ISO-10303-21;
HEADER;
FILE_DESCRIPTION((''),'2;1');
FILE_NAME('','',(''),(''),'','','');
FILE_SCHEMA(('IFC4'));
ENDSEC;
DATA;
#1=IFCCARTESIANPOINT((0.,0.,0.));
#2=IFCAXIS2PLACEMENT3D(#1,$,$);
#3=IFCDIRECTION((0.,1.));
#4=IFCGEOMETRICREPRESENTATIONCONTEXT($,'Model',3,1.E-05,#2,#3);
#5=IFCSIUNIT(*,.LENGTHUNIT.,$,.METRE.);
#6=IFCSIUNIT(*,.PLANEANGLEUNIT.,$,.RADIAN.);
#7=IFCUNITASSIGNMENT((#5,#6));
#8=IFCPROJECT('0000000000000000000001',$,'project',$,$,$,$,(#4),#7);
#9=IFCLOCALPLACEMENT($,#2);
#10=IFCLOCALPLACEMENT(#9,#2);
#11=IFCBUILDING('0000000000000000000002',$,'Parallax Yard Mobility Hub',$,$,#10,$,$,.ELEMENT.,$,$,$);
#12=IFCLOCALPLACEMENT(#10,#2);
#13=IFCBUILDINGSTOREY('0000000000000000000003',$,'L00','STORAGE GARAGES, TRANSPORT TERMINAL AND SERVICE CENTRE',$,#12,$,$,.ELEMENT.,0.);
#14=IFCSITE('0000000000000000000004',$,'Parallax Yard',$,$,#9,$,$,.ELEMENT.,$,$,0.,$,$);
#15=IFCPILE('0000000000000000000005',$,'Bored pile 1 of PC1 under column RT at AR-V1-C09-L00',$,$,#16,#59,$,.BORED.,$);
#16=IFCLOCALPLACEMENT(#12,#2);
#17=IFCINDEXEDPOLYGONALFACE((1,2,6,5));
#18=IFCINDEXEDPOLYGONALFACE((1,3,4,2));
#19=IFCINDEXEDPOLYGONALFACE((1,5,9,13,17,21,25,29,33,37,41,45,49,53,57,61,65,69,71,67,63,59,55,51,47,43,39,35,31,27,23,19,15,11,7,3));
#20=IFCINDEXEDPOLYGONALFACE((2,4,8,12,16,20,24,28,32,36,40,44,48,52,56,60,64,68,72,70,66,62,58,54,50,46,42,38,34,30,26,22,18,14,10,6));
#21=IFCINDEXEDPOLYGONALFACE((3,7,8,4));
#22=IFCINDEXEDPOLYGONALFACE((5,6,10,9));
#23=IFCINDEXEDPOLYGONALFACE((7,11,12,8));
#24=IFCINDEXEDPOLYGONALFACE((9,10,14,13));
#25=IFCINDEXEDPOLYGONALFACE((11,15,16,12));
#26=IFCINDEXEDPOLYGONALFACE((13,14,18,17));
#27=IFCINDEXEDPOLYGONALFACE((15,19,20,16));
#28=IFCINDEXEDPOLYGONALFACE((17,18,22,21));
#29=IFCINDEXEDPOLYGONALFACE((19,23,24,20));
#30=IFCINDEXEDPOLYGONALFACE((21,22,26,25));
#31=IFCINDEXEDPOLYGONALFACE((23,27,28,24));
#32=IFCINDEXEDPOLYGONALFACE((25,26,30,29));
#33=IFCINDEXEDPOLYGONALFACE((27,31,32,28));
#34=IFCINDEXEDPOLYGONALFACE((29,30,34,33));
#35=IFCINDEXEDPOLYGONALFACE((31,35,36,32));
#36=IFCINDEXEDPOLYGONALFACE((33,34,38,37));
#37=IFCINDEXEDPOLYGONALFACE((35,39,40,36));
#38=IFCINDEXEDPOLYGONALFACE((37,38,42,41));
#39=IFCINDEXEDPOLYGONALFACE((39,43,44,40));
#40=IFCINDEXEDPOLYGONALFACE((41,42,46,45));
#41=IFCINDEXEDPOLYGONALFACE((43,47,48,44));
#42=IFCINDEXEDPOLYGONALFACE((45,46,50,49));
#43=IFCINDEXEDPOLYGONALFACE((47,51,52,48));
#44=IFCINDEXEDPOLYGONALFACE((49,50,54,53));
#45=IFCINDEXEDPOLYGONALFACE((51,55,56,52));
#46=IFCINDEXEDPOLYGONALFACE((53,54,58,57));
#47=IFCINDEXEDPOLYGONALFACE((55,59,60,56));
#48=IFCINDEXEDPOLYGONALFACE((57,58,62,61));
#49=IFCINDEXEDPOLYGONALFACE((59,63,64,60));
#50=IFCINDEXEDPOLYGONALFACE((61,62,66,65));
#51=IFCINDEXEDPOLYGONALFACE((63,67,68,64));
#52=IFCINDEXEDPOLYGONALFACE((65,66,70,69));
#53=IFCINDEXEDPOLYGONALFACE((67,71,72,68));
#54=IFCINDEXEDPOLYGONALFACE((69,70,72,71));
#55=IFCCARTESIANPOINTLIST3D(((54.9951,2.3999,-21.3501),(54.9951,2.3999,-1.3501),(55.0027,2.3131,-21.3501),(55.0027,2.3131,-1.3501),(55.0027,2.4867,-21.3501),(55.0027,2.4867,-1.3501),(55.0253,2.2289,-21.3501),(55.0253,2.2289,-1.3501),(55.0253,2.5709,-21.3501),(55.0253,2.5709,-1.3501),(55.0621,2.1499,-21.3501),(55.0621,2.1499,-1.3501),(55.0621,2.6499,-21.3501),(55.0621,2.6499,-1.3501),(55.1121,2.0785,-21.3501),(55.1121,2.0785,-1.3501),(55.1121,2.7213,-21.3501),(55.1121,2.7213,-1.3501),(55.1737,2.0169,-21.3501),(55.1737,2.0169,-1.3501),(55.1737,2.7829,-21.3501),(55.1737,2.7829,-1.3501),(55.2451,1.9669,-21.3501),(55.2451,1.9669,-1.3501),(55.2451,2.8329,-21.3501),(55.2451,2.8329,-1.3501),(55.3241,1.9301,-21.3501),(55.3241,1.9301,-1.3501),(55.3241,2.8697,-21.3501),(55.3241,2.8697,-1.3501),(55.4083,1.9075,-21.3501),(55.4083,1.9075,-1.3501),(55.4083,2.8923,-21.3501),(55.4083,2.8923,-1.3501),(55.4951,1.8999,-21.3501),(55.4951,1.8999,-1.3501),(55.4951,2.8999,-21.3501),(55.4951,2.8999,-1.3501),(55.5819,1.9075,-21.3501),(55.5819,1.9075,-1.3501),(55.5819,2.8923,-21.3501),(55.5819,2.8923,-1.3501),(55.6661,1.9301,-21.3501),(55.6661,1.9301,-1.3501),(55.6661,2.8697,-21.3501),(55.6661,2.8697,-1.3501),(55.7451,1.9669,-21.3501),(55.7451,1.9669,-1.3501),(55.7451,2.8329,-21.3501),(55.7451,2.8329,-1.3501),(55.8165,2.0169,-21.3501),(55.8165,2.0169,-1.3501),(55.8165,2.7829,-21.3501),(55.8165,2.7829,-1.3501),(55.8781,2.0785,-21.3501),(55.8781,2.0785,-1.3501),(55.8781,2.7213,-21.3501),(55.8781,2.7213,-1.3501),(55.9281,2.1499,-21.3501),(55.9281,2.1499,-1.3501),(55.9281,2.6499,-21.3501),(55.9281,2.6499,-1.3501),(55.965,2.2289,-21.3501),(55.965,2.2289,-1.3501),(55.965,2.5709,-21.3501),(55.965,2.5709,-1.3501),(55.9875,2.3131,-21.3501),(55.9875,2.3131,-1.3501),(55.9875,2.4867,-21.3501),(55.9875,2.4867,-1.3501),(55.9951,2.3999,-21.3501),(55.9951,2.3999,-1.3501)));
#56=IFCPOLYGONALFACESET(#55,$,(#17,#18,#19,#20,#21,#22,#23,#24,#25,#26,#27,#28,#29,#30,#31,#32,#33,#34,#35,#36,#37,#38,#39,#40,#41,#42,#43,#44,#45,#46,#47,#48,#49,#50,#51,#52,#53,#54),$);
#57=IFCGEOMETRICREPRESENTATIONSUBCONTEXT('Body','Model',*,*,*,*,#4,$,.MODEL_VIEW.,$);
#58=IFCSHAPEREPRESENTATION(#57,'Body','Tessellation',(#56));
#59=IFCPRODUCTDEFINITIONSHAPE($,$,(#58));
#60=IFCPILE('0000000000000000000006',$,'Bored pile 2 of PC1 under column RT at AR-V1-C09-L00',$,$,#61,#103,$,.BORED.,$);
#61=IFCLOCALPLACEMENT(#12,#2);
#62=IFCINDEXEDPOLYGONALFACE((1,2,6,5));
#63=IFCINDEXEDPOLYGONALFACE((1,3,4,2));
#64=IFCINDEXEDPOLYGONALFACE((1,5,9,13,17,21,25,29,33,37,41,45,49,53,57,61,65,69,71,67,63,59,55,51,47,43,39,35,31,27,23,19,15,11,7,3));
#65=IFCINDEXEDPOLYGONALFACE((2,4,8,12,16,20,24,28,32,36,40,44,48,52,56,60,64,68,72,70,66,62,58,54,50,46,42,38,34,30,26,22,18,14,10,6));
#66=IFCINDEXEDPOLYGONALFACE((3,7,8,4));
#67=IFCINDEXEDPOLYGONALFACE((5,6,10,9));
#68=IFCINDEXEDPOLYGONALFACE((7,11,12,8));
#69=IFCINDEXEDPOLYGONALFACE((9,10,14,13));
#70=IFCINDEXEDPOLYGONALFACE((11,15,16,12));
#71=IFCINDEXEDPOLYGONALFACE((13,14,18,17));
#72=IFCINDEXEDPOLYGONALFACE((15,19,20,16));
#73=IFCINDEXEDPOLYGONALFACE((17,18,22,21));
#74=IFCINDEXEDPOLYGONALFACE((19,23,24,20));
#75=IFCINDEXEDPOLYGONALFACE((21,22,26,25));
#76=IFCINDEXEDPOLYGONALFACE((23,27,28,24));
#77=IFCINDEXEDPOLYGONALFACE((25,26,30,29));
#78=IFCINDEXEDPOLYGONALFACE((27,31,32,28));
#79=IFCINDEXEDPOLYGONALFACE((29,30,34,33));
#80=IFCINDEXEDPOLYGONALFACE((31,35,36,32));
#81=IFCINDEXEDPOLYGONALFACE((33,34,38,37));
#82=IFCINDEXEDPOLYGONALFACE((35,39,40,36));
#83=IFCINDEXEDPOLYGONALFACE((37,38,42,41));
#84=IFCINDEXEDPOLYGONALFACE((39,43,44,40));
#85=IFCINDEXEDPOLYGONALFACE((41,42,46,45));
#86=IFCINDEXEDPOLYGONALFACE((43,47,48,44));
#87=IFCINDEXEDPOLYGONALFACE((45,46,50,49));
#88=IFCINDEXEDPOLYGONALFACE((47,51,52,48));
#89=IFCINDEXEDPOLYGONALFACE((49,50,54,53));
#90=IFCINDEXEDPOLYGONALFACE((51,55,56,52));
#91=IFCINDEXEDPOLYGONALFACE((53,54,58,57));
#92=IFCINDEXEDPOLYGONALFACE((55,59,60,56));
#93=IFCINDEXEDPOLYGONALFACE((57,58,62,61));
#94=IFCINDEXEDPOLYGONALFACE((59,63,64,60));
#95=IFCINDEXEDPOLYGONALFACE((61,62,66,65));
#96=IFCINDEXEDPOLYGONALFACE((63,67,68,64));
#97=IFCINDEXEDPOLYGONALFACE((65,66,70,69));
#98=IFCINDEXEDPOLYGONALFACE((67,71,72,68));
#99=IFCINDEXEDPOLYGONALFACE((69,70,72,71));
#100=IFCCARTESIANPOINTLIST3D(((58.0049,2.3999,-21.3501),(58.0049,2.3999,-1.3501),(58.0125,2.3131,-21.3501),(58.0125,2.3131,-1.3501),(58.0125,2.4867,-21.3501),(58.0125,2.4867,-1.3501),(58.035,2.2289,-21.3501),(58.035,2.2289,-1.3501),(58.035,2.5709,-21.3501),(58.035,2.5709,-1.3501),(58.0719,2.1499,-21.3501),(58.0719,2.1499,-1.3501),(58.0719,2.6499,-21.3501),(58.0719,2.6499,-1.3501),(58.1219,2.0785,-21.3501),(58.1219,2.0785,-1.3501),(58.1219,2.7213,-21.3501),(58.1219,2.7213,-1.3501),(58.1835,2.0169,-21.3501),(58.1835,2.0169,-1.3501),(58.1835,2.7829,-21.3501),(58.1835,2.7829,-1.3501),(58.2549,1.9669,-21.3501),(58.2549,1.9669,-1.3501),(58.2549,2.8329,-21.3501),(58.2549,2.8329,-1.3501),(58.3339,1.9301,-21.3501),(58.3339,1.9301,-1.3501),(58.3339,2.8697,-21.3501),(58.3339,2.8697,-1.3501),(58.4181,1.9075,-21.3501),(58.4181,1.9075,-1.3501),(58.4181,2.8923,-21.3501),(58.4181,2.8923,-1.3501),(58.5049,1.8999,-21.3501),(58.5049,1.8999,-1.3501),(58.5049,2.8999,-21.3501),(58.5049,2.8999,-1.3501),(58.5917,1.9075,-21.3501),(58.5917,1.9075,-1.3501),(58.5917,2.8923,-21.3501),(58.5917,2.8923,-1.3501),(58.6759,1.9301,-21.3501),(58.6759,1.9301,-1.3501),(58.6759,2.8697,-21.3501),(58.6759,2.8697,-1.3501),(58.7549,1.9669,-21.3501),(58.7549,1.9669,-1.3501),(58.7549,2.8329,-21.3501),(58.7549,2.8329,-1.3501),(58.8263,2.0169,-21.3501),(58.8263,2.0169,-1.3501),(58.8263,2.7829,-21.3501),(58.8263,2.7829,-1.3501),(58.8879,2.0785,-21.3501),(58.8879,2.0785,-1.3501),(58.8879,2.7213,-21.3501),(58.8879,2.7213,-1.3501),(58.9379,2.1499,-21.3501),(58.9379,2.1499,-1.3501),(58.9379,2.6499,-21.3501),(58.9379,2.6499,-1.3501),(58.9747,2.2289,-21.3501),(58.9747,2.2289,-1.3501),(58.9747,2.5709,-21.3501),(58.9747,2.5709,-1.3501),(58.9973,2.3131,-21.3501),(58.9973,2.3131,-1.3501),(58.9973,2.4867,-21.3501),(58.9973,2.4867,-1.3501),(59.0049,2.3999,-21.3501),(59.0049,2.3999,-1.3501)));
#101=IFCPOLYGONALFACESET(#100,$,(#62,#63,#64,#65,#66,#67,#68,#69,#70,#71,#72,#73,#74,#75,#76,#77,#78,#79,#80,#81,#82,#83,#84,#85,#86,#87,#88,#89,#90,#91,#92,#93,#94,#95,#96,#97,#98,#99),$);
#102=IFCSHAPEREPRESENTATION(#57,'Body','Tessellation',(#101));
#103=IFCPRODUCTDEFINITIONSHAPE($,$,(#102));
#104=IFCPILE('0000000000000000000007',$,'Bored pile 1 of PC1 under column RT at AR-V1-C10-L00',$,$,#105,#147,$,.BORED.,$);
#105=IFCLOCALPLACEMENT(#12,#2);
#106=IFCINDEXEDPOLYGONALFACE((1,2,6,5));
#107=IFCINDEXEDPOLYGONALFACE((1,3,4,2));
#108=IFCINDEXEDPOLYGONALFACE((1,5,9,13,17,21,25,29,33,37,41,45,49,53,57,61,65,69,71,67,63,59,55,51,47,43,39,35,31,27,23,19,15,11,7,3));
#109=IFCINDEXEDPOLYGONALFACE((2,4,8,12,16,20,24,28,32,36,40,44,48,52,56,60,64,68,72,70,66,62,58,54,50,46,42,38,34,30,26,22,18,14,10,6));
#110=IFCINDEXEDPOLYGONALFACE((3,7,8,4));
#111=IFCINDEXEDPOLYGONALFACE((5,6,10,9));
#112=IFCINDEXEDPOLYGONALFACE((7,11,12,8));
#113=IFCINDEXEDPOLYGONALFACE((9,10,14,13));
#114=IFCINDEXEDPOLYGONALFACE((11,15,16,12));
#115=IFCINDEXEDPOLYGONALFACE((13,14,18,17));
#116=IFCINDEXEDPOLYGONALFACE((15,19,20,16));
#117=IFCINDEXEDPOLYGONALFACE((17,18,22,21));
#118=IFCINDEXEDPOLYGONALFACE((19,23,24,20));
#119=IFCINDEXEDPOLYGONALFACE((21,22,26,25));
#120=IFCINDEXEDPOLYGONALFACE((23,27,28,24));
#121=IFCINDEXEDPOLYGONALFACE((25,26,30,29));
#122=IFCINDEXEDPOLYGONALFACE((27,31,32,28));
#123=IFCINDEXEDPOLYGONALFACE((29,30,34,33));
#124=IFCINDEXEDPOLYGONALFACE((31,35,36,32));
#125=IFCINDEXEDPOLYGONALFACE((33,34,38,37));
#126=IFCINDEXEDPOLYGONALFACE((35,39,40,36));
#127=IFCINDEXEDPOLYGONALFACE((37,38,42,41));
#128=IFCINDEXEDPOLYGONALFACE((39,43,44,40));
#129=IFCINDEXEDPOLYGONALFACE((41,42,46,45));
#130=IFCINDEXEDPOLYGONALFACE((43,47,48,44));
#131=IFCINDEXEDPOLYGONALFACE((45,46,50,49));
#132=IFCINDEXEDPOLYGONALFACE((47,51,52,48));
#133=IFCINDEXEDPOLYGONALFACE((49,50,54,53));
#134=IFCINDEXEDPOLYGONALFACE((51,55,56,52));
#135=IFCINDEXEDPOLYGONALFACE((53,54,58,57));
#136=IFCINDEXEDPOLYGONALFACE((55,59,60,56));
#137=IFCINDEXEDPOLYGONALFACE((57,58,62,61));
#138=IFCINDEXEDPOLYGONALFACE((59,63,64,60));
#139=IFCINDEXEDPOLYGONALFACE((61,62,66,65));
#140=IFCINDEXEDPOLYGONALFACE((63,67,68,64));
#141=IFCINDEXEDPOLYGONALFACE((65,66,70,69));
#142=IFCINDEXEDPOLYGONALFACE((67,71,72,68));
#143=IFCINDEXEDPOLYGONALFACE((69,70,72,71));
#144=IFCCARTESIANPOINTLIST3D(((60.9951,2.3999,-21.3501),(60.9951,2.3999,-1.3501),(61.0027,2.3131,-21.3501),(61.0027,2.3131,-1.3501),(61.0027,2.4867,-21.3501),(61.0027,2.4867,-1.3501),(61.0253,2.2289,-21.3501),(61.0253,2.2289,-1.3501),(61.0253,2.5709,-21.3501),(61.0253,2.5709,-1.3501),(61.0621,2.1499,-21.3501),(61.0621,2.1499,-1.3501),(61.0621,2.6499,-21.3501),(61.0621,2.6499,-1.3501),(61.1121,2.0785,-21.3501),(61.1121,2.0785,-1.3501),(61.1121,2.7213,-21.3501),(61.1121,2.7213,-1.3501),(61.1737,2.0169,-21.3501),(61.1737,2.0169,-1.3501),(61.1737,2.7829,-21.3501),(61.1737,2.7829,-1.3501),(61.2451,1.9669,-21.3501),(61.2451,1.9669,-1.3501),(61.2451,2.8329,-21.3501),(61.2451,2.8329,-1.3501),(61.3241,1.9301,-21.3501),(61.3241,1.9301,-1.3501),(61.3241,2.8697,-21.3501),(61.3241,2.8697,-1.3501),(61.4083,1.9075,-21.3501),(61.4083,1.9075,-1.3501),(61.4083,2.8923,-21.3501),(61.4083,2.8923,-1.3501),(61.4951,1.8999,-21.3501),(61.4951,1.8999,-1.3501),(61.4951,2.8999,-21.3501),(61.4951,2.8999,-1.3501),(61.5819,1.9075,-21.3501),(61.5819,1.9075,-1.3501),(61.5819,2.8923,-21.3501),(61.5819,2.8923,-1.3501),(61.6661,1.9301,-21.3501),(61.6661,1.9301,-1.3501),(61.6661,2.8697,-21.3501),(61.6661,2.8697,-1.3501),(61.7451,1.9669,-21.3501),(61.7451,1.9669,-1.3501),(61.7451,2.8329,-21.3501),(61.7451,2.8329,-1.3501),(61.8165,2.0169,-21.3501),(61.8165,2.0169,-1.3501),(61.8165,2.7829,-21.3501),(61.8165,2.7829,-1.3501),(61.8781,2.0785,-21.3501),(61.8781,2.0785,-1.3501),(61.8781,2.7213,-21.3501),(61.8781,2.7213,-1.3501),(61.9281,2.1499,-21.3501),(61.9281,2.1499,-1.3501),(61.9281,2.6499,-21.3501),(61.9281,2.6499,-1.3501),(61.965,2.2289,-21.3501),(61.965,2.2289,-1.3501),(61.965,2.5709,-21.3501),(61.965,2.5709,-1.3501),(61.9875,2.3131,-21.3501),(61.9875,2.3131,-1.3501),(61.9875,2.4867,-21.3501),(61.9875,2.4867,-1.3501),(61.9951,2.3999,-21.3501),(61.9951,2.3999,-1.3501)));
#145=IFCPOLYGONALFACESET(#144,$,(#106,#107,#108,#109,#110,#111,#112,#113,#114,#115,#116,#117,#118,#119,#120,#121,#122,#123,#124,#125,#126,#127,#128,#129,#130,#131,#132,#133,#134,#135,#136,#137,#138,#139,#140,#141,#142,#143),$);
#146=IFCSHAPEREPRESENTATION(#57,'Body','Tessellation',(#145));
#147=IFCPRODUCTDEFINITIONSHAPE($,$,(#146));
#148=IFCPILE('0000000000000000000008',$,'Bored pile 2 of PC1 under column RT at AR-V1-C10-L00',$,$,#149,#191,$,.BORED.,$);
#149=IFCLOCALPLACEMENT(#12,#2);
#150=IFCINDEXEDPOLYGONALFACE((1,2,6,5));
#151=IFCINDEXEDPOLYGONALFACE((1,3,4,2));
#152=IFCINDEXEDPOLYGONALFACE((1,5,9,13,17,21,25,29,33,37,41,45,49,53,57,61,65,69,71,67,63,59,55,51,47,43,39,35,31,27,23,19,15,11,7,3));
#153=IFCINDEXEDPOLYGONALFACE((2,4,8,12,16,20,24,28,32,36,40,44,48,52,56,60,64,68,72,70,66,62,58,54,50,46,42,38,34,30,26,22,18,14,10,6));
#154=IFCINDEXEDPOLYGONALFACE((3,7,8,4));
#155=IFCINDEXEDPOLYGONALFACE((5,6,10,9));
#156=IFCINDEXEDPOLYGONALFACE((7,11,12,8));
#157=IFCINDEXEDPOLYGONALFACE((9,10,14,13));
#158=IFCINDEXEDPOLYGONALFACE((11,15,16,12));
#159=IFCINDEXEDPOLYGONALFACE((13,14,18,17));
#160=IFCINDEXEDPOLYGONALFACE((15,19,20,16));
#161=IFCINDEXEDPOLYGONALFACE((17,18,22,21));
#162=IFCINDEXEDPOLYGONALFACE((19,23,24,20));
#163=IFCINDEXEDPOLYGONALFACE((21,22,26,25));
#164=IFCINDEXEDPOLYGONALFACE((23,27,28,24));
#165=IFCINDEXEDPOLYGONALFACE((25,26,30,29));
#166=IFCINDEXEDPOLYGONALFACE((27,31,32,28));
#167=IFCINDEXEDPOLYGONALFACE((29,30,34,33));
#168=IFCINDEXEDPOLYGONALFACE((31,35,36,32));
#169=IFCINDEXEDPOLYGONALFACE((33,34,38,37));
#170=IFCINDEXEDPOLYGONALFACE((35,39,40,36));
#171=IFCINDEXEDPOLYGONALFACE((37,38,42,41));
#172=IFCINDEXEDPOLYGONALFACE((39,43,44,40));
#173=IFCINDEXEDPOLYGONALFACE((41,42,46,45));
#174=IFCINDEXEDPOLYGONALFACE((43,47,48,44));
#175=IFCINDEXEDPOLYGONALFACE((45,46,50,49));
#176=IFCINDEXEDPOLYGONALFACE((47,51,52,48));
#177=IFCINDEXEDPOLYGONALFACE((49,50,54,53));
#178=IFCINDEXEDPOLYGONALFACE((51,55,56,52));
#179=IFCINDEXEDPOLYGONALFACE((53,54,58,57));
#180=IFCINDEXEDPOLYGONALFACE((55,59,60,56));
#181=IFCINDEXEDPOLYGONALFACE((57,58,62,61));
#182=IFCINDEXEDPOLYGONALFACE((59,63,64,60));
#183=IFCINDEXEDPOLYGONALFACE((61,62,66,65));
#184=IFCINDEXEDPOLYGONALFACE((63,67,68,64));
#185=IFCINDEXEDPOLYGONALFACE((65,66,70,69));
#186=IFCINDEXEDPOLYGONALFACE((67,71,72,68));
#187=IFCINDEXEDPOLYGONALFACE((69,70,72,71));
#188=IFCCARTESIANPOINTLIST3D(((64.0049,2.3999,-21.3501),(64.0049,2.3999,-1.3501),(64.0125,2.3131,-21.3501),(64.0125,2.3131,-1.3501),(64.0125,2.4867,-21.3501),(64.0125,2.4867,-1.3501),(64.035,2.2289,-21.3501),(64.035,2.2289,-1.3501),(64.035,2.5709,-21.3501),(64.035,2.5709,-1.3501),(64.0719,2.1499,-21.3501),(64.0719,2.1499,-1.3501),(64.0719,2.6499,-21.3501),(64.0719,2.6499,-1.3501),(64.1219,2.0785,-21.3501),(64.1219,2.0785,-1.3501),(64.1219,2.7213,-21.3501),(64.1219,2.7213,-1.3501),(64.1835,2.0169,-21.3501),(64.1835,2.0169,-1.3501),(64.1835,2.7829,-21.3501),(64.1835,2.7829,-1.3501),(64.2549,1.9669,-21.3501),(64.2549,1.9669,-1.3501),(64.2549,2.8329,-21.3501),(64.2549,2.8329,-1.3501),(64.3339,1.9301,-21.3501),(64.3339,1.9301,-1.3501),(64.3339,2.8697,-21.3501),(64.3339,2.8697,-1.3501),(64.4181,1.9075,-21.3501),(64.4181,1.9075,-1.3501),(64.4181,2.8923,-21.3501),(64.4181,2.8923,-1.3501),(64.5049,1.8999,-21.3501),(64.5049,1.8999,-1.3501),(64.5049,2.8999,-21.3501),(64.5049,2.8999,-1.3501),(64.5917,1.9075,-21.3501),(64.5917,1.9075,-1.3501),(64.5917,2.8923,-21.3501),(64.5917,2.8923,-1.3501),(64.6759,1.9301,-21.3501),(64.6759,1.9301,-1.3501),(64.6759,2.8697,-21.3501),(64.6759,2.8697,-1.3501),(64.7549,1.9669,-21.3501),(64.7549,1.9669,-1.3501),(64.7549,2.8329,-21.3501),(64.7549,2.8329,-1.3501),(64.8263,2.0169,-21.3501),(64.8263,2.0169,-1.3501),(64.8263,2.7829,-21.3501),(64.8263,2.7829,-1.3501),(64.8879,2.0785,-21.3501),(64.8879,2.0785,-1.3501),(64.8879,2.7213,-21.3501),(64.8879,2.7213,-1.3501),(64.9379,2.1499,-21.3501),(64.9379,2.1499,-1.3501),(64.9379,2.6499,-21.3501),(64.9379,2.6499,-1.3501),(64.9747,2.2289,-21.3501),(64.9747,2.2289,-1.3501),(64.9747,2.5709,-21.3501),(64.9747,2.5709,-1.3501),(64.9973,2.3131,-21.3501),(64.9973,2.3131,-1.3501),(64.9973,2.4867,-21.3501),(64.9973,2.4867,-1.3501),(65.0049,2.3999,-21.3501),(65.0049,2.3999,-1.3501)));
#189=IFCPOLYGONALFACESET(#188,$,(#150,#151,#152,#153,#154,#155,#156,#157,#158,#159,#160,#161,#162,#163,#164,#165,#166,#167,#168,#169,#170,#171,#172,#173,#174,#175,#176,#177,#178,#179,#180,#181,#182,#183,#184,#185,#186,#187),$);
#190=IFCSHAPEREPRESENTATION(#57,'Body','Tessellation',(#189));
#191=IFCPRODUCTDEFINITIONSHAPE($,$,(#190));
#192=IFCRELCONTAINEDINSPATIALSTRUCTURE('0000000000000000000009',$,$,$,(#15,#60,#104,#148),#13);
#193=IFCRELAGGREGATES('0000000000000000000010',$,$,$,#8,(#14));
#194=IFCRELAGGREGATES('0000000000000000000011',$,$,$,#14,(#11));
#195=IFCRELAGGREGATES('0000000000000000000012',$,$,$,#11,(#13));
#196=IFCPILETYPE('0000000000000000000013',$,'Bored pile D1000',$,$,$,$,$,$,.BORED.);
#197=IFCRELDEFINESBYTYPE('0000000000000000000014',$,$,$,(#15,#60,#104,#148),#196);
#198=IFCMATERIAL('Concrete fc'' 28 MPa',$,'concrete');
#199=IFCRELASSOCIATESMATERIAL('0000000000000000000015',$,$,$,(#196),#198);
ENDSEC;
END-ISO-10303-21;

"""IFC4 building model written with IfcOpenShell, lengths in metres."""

from ifc_helpers import new_model, si_unit, direction, frame, origin, origin_2d, place, context, subcontext, project, spatial, circle, extrude, material, material_profile, profile_set, type_object, element, save


model = new_model("IFC4")

# Units and contexts
model_context = context("Model", 3, precision=1e-05, world=origin(), true_north=direction((0.0, 1.0)))
body_context = subcontext(model_context, "Body", "Model", "MODEL_VIEW")
ifc_project = project(units=[si_unit("LENGTHUNIT", "METRE"), si_unit("PLANEANGLEUNIT", "RADIAN")], contexts=[model_context])

# Site, building, storey
site_placement = place(None, origin())
site = spatial("IfcSite", under=ifc_project, at=site_placement, Name="Parallax Yard", CompositionType="ELEMENT", RefElevation=0.0)
building_placement = place(site_placement, origin())
building = spatial("IfcBuilding", under=site, at=building_placement, Name="Parallax Yard Mobility Hub", CompositionType="ELEMENT")
storey_placement = place(building_placement, origin())
storey = spatial("IfcBuildingStorey", under=building, at=storey_placement, Name="L00", Description="STORAGE GARAGES, TRANSPORT TERMINAL AND SERVICE CENTRE", CompositionType="ELEMENT", Elevation=0.0)

# Piles
ifc_material_1 = material(Name="Concrete fc' 28 MPa", Category="concrete")
ifc_material_profile_1 = material_profile(ifc_material_1, circle(Radius=0.5, at=origin_2d()), Name="Bored pile D1000")
ifc_profile_set_1 = profile_set([ifc_material_profile_1], Name="Concrete fc' 28 MPa")
pile_type = type_object("IfcPileType", Name="Bored pile D1000", PredefinedType="BORED", material=ifc_profile_set_1)
for number, where, z_axis, x_axis, name in (
    (1, (55.4951, 2.3999, -1.3501), (0.0, 0.0, -1.0), (1.0, 0.0, 0.0), "Bored pile 1 of PC1 under column RT at AR-V1-C09-L00"),
    (2, (58.5049, 2.3999, -1.3501), (0.0, 0.0, -1.0), (1.0, 0.0, 0.0), "Bored pile 2 of PC1 under column RT at AR-V1-C09-L00"),
    (3, (61.4951, 2.3999, -1.3501), (0.0, 0.0, -1.0), (1.0, 0.0, 0.0), "Bored pile 1 of PC1 under column RT at AR-V1-C10-L00"),
    (4, (64.5049, 2.3999, -1.3501), (0.0, 0.0, -1.0), (1.0, 0.0, 0.0), "Bored pile 2 of PC1 under column RT at AR-V1-C10-L00"),
):
    element("IfcPile", number, at=place(storey_placement, frame(where, z_axis=z_axis, x_axis=x_axis)), inside=storey, type_object=pile_type, Name=name, PredefinedType="BORED", context=body_context, shape_type="SweptSolid", body=[
        extrude(circle(Radius=0.5, at=origin_2d()), origin(), (0.0, 0.0, 1.0), 20.0),
    ])

save(model, "model.ifc")
